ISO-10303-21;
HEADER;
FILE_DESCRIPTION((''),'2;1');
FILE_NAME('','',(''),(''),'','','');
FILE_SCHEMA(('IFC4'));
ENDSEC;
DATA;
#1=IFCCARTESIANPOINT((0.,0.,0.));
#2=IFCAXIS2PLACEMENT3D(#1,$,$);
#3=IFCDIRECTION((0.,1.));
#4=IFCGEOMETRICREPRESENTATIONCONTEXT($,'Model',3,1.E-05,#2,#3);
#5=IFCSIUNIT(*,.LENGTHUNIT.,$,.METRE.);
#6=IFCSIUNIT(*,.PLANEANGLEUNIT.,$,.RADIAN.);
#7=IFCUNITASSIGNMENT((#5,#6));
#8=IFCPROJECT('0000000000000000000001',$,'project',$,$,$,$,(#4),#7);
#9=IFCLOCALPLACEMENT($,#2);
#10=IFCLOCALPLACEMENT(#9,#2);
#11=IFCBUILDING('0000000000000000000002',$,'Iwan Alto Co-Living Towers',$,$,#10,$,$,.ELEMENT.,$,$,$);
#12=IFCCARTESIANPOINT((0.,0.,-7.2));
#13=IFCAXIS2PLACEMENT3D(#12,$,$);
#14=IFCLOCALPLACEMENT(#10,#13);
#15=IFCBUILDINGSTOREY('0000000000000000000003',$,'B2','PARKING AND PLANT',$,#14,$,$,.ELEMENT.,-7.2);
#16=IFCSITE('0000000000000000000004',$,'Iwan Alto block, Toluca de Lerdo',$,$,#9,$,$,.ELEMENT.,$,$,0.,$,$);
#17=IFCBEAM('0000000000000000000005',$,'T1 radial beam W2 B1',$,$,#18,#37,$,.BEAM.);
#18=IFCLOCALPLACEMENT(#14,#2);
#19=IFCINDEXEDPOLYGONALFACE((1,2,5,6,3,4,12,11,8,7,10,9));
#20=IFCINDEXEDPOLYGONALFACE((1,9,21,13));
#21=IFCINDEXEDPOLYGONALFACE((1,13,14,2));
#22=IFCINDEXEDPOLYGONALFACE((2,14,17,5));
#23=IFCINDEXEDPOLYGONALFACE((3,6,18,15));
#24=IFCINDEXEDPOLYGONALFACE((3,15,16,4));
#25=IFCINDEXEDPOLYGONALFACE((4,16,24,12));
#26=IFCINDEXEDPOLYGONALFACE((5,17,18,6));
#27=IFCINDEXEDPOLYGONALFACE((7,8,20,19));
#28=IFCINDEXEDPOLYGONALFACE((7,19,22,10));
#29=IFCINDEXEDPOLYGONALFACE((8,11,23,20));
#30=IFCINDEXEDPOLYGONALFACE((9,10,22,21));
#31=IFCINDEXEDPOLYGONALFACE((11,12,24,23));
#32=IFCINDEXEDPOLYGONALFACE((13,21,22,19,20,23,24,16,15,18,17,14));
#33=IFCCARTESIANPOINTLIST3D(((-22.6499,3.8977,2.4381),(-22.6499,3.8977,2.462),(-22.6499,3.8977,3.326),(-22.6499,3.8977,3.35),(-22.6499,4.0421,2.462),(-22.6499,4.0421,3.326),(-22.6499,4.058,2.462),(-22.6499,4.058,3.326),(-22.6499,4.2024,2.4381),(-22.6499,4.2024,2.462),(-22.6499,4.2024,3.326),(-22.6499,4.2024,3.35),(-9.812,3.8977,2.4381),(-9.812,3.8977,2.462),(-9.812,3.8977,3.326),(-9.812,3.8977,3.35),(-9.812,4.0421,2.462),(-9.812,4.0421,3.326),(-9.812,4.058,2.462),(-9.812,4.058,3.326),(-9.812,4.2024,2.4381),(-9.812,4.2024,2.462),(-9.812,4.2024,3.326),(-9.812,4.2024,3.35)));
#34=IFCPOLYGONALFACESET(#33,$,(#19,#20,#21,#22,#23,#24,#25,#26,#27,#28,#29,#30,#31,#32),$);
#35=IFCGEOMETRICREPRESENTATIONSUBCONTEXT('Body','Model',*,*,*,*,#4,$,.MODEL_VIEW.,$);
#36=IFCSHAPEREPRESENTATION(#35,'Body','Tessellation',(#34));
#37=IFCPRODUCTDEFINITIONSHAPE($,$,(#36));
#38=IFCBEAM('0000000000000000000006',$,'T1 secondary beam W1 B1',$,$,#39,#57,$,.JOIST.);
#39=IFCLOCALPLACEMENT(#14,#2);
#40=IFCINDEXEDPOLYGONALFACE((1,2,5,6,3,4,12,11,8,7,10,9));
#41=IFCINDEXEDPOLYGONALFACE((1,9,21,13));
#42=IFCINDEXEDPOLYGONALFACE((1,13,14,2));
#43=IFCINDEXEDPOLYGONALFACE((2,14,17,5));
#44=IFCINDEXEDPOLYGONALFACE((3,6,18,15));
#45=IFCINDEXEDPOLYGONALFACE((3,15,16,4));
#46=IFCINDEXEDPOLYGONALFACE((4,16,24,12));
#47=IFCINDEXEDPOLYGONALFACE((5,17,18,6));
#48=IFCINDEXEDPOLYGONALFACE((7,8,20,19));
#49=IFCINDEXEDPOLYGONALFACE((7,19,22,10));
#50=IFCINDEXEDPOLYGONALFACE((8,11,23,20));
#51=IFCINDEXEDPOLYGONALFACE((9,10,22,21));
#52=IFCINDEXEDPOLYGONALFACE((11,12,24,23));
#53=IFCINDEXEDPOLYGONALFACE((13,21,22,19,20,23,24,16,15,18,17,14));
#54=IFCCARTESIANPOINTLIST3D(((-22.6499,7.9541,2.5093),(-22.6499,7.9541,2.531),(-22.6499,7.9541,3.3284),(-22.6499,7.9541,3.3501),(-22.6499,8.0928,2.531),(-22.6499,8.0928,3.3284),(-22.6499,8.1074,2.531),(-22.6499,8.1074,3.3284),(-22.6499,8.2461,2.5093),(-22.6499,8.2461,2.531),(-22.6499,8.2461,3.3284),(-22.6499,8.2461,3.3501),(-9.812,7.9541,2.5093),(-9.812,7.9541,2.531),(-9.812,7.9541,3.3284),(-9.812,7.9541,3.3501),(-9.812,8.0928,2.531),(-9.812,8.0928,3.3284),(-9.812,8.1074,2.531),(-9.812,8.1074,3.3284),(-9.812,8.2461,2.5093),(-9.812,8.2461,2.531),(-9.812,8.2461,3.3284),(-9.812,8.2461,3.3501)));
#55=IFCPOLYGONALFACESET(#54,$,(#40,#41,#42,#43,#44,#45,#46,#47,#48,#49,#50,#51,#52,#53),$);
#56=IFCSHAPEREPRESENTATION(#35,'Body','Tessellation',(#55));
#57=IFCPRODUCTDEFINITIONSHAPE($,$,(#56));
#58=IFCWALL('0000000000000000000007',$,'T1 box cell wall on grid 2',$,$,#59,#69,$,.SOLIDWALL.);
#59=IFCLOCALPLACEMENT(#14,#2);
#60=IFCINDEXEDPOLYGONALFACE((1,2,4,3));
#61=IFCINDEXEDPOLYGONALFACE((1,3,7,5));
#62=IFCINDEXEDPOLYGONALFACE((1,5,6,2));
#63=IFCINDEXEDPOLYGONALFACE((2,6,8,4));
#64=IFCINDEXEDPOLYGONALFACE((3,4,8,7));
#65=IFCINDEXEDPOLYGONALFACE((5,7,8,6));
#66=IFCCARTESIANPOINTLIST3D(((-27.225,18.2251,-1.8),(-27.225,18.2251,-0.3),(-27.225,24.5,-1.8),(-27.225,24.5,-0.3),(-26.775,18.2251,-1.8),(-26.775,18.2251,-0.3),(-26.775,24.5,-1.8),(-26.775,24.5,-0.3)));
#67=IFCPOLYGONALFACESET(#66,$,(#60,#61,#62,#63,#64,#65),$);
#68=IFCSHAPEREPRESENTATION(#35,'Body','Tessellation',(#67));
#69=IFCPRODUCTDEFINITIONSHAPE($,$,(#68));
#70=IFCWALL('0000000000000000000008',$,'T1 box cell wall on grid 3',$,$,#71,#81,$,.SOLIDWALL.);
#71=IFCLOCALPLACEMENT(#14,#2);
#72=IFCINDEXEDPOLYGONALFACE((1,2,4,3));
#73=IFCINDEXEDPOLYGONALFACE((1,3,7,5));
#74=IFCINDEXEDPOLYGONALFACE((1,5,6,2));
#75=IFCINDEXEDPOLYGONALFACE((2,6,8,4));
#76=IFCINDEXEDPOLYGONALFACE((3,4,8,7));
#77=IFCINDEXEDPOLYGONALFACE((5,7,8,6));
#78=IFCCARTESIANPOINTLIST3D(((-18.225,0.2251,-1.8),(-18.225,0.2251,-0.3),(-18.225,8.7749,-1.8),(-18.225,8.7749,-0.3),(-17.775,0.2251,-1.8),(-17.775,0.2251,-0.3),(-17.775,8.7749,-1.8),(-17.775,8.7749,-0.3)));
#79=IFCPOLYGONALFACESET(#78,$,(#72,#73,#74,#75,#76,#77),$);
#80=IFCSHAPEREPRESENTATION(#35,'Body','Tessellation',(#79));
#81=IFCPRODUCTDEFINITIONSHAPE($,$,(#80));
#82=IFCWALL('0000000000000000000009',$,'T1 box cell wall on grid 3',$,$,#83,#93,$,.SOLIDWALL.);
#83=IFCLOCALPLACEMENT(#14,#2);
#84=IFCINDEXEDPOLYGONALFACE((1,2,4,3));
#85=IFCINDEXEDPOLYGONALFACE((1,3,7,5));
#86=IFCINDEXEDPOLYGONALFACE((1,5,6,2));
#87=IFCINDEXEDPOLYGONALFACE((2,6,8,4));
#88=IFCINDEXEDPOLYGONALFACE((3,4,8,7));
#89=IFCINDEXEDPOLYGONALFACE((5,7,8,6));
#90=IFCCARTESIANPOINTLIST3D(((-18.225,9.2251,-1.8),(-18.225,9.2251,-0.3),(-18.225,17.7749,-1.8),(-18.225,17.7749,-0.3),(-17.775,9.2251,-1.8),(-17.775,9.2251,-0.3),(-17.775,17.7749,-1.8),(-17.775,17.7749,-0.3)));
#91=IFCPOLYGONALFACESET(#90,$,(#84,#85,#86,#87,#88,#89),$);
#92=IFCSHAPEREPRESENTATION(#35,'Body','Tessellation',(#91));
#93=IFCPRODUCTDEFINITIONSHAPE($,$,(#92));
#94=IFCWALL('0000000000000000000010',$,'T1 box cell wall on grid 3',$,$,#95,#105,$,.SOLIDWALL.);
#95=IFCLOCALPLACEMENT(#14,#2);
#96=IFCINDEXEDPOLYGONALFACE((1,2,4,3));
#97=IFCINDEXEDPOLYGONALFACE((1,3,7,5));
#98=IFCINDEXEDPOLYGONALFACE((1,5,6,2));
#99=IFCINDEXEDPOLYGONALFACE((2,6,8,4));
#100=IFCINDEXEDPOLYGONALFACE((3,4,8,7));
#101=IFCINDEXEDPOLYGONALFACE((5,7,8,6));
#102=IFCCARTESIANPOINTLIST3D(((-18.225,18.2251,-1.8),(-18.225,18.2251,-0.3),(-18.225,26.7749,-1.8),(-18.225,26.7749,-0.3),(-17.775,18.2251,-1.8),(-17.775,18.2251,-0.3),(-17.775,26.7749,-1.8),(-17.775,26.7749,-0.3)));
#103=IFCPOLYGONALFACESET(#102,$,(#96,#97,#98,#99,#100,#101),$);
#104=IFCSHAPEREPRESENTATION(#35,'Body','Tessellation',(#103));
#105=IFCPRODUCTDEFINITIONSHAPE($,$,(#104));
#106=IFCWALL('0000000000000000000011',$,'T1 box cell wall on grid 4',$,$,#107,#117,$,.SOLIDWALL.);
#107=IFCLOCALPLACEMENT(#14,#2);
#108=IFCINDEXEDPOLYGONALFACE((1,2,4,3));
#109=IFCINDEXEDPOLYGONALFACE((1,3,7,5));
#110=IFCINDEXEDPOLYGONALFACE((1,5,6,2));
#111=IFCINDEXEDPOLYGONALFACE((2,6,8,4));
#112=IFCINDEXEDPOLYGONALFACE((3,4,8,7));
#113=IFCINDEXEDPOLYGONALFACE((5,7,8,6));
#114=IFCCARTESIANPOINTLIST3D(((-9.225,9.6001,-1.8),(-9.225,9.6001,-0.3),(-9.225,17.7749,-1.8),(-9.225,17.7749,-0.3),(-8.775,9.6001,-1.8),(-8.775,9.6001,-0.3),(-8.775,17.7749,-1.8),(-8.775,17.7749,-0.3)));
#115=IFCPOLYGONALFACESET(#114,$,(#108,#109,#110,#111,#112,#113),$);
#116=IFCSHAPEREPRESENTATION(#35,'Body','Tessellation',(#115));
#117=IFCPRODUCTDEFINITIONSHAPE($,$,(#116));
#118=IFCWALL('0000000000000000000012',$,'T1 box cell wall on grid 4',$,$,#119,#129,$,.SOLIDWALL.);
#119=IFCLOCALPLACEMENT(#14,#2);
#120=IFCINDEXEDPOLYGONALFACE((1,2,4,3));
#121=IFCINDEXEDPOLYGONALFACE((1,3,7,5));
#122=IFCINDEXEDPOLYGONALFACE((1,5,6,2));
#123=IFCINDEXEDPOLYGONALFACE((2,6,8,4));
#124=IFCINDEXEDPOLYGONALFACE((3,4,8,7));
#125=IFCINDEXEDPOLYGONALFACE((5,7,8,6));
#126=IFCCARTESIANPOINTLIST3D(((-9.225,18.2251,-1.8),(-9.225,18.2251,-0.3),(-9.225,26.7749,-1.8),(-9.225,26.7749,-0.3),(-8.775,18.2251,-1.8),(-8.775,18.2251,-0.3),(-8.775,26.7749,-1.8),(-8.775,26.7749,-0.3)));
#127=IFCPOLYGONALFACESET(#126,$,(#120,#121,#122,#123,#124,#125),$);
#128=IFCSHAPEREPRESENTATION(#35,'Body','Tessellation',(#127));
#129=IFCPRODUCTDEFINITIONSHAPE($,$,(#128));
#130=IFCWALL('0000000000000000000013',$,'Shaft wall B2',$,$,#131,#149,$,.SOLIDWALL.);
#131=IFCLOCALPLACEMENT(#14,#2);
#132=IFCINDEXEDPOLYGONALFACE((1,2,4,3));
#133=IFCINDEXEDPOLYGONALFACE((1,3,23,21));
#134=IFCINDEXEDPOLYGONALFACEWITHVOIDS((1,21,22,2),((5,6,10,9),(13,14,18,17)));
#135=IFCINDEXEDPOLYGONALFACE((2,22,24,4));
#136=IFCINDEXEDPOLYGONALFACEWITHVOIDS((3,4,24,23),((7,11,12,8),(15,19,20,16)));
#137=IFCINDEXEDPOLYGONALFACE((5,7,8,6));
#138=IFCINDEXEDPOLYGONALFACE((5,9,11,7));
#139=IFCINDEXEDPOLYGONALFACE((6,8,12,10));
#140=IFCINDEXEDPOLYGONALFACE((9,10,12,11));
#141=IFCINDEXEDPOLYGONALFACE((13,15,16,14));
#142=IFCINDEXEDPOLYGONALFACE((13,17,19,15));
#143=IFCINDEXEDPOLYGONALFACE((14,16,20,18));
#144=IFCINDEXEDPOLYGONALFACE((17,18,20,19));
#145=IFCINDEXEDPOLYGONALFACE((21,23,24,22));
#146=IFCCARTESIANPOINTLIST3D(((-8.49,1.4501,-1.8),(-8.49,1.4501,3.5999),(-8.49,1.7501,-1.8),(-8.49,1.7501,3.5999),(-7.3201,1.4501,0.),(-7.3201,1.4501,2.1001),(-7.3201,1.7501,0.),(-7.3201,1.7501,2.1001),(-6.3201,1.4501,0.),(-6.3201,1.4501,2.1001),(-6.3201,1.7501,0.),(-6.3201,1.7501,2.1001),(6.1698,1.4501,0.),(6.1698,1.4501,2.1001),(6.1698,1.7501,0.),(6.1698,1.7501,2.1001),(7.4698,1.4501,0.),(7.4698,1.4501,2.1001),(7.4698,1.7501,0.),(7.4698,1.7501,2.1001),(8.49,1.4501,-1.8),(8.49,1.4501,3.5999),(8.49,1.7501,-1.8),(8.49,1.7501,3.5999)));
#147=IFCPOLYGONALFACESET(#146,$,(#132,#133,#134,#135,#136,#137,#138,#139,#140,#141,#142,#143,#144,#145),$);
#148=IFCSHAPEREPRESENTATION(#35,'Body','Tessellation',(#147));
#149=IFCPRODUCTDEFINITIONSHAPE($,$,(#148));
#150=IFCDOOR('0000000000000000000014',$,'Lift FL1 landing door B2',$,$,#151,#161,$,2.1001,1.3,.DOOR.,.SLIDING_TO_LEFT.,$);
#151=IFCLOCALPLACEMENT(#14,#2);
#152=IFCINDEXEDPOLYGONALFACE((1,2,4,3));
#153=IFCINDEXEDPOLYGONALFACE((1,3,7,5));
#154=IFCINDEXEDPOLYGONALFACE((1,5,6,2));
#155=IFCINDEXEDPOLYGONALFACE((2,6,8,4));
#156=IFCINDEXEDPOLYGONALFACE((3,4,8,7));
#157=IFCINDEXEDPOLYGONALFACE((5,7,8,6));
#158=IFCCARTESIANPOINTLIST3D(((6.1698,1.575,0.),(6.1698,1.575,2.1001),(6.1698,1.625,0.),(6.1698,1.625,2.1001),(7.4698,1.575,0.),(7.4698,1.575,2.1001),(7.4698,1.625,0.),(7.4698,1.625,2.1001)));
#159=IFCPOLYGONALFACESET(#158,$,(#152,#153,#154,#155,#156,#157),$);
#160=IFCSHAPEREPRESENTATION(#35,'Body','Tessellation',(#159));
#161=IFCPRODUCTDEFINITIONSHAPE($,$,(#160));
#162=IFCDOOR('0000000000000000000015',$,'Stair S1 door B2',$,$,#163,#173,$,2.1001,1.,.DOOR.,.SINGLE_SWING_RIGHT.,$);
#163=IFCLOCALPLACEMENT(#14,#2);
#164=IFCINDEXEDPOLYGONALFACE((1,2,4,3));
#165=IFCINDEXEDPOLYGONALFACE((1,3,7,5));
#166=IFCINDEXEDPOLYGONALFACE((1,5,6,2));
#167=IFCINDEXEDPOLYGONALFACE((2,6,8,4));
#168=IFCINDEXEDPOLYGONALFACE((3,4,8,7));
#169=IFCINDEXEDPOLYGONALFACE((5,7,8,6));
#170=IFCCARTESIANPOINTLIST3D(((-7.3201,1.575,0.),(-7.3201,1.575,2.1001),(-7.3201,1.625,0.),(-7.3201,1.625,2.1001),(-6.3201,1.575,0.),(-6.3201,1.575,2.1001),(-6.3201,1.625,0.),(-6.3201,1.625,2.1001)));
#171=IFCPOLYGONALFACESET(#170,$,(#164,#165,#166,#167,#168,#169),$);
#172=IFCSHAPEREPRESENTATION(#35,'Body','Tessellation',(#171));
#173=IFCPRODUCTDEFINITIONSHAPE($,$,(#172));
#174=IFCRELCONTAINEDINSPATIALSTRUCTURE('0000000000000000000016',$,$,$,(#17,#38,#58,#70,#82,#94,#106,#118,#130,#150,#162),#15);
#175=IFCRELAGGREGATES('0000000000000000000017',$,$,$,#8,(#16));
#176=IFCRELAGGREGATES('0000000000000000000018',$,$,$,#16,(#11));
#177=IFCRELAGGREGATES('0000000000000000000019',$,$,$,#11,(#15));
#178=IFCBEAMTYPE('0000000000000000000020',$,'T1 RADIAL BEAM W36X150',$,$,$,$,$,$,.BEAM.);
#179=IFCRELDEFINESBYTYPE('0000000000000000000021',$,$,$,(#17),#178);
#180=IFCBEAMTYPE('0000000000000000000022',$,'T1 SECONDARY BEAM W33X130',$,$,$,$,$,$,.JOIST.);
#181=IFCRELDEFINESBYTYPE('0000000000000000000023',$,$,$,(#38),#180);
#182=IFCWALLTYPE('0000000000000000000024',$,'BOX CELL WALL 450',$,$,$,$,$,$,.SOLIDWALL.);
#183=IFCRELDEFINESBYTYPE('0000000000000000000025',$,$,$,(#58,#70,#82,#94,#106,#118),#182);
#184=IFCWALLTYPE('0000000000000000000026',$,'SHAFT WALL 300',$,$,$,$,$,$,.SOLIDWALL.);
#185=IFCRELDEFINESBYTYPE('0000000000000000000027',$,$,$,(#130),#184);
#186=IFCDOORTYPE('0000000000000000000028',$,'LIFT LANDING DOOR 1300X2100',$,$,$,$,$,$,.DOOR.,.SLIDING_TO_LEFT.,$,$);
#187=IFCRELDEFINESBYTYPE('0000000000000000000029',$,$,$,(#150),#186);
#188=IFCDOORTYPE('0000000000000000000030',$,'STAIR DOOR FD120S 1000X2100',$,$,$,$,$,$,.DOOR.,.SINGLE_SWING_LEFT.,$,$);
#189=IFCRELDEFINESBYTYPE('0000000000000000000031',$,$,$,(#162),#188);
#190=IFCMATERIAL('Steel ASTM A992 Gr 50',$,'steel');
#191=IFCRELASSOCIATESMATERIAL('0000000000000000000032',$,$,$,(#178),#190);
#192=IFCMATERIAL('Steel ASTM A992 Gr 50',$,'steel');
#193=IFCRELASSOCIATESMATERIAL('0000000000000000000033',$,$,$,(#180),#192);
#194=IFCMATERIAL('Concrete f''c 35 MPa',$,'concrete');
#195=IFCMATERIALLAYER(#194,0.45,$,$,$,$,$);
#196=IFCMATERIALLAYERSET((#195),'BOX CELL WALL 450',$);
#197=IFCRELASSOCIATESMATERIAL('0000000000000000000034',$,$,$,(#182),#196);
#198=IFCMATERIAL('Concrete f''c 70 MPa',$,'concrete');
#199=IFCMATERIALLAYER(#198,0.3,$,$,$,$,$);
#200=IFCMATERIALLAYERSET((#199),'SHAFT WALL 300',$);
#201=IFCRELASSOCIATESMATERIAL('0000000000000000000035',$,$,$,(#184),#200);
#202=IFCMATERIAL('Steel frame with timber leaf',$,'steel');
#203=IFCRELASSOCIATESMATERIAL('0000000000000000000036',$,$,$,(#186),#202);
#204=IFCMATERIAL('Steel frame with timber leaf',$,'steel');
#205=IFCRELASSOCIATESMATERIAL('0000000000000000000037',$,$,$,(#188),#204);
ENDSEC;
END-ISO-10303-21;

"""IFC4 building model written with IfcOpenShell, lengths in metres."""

from ifc_helpers import new_model, si_unit, direction, frame, frame_2d, origin, origin_2d, place, context, subcontext, project, spatial, rectangle, i_section, extrude, material, layer, layer_set, material_profile, profile_set, type_object, element, fill, save


model = new_model("IFC4")

# Units and contexts
model_context = context("Model", 3, precision=1e-05, world=origin(), true_north=direction((0.0, 1.0)))
body_context = subcontext(model_context, "Body", "Model", "MODEL_VIEW")
ifc_project = project(units=[si_unit("LENGTHUNIT", "METRE"), si_unit("PLANEANGLEUNIT", "RADIAN")], contexts=[model_context])

# Site, building, storey
site_placement = place(None, origin())
site = spatial("IfcSite", under=ifc_project, at=site_placement, Name="Iwan Alto block, Toluca de Lerdo", CompositionType="ELEMENT", RefElevation=0.0)
building_placement = place(site_placement, origin())
building = spatial("IfcBuilding", under=site, at=building_placement, Name="Iwan Alto Co-Living Towers", CompositionType="ELEMENT")
storey_placement = place(building_placement, frame((0.0, 0.0, -7.2)))
storey = spatial("IfcBuildingStorey", under=building, at=storey_placement, Name="B2", Description="PARKING AND PLANT", CompositionType="ELEMENT", Elevation=-7.2)

# Beams
ifc_material_1 = material(Name="Steel ASTM A992 Gr 50", Category="steel")
ifc_material_profile_1 = material_profile(ifc_material_1, i_section(OverallWidth=0.3047, OverallDepth=0.9119, WebThickness=0.0159, FlangeThickness=0.0239, at=origin_2d()), Name="W36X150")
ifc_profile_set_1 = profile_set([ifc_material_profile_1], Name="Steel ASTM A992 Gr 50")
beam_type_1 = type_object("IfcBeamType", Name="T1 RADIAL BEAM W36X150", PredefinedType="BEAM", material=ifc_profile_set_1)
beam_1_placement = place(storey_placement, frame((-22.6499, 4.05, 2.894), z_axis=(1.0, 0.0, 0.0), x_axis=(0.0, 1.0, 0.0)))
element("IfcBeam", 1, at=beam_1_placement, inside=storey, type_object=beam_type_1, Name="T1 radial beam W2 B1", PredefinedType="BEAM", context=body_context, shape_type="SweptSolid", body=[
    extrude(i_section(OverallWidth=0.3047, OverallDepth=0.9119, WebThickness=0.0159, FlangeThickness=0.0239, at=origin_2d()), origin(), (0.0, 0.0, 1.0), 12.8379),
])
ifc_material_2 = material(Name="Steel ASTM A992 Gr 50", Category="steel")
ifc_material_profile_2 = material_profile(ifc_material_2, i_section(OverallWidth=0.292, OverallDepth=0.8408, WebThickness=0.0146, FlangeThickness=0.0217, at=origin_2d()), Name="W33X130")
ifc_profile_set_2 = profile_set([ifc_material_profile_2], Name="Steel ASTM A992 Gr 50")
beam_type_2 = type_object("IfcBeamType", Name="T1 SECONDARY BEAM W33X130", PredefinedType="JOIST", material=ifc_profile_set_2)
beam_2_placement = place(storey_placement, frame((-22.6499, 8.1001, 2.9297), z_axis=(1.0, 0.0, 0.0), x_axis=(0.0, 1.0, 0.0)))
element("IfcBeam", 2, at=beam_2_placement, inside=storey, type_object=beam_type_2, Name="T1 secondary beam W1 B1", PredefinedType="JOIST", context=body_context, shape_type="SweptSolid", body=[
    extrude(i_section(OverallWidth=0.292, OverallDepth=0.8408, WebThickness=0.0146, FlangeThickness=0.0217, at=origin_2d()), origin(), (0.0, 0.0, 1.0), 12.8379),
])

# Walls
ifc_material_3 = material(Name="Concrete f'c 35 MPa", Category="concrete")
ifc_layer_1 = layer(ifc_material_3, 0.45)
ifc_layer_set_1 = layer_set([ifc_layer_1], Name="BOX CELL WALL 450")
wall_type_1 = type_object("IfcWallType", Name="BOX CELL WALL 450", PredefinedType="SOLIDWALL", material=ifc_layer_set_1)
wall_1_placement = place(storey_placement, frame((-27.0, 18.2251, -1.8), z_axis=(0.0, 0.0, 1.0), x_axis=(0.0, 1.0, 0.0)))
element("IfcWall", 3, at=wall_1_placement, inside=storey, type_object=wall_type_1, Name="T1 box cell wall on grid 2", PredefinedType="SOLIDWALL", context=body_context, shape_type="SweptSolid", body=[
    extrude(rectangle(XDim=6.2749, YDim=0.45, at=frame_2d((3.1375, 0.0))), origin(), (0.0, 0.0, 1.0), 1.5),
])
for number, where, z_axis, x_axis, name in (
    (4, (-18.0, 0.2251, -1.8), (0.0, 0.0, 1.0), (0.0, 1.0, 0.0), "T1 box cell wall on grid 3"),
    (5, (-18.0, 9.2251, -1.8), (0.0, 0.0, 1.0), (0.0, 1.0, 0.0), "T1 box cell wall on grid 3"),
    (6, (-18.0, 18.2251, -1.8), (0.0, 0.0, 1.0), (0.0, 1.0, 0.0), "T1 box cell wall on grid 3"),
):
    element("IfcWall", number, at=place(storey_placement, frame(where, z_axis=z_axis, x_axis=x_axis)), inside=storey, type_object=wall_type_1, Name=name, PredefinedType="SOLIDWALL", context=body_context, shape_type="SweptSolid", body=[
        extrude(rectangle(XDim=8.5498, YDim=0.45, at=frame_2d((4.2749, 0.0))), origin(), (0.0, 0.0, 1.0), 1.5),
    ])
wall_2_placement = place(storey_placement, frame((-9.0, 9.6001, -1.8), z_axis=(0.0, 0.0, 1.0), x_axis=(0.0, 1.0, 0.0)))
element("IfcWall", 7, at=wall_2_placement, inside=storey, type_object=wall_type_1, Name="T1 box cell wall on grid 4", PredefinedType="SOLIDWALL", context=body_context, shape_type="SweptSolid", body=[
    extrude(rectangle(XDim=8.1748, YDim=0.45, at=frame_2d((4.0874, 0.0))), origin(), (0.0, 0.0, 1.0), 1.5),
])
wall_3_placement = place(storey_placement, frame((-9.0, 18.2251, -1.8), z_axis=(0.0, 0.0, 1.0), x_axis=(0.0, 1.0, 0.0)))
element("IfcWall", 8, at=wall_3_placement, inside=storey, type_object=wall_type_1, Name="T1 box cell wall on grid 4", PredefinedType="SOLIDWALL", context=body_context, shape_type="SweptSolid", body=[
    extrude(rectangle(XDim=8.5498, YDim=0.45, at=frame_2d((4.2749, 0.0))), origin(), (0.0, 0.0, 1.0), 1.5),
])

# Wall, openings, doors
ifc_material_4 = material(Name="Concrete f'c 70 MPa", Category="concrete")
ifc_layer_2 = layer(ifc_material_4, 0.3)
ifc_layer_set_2 = layer_set([ifc_layer_2], Name="SHAFT WALL 300")
wall_type_2 = type_object("IfcWallType", Name="SHAFT WALL 300", PredefinedType="SOLIDWALL", material=ifc_layer_set_2)
wall_4_placement = place(storey_placement, frame((-8.49, 1.6001, -1.8), z_axis=(0.0, 0.0, 1.0), x_axis=(1.0, 0.0, 0.0)))
wall_4 = element("IfcWall", 9, at=wall_4_placement, inside=storey, type_object=wall_type_2, Name="Shaft wall B2", PredefinedType="SOLIDWALL", context=body_context, shape_type="SweptSolid", body=[
    extrude(rectangle(XDim=16.98, YDim=0.3, at=frame_2d((8.49, 0.0))), origin(), (0.0, 0.0, 1.0), 5.3999),
])
opening_1_placement = place(wall_4_placement, frame((1.1699, 0.0, 1.8)))
opening_1 = element("IfcOpeningElement", 10, at=opening_1_placement, cuts=wall_4, PredefinedType="OPENING", context=body_context, shape_type="SweptSolid", body=[
    extrude(rectangle(XDim=1.0, YDim=2.1001, at=frame_2d((0.5, 1.05))), frame((0.0, 0.1599, 0.0), z_axis=(0.0, -1.0, 0.0), x_axis=(1.0, 0.0, 0.0)), (0.0, 0.0, 1.0), 0.3201),
])
opening_2_placement = place(wall_4_placement, frame((14.6599, 0.0, 1.8)))
opening_2 = element("IfcOpeningElement", 11, at=opening_2_placement, cuts=wall_4, PredefinedType="OPENING", context=body_context, shape_type="SweptSolid", body=[
    extrude(rectangle(XDim=1.3, YDim=2.1001, at=frame_2d((0.6499, 1.05))), frame((0.0, 0.1599, 0.0), z_axis=(0.0, -1.0, 0.0), x_axis=(1.0, 0.0, 0.0)), (0.0, 0.0, 1.0), 0.3201),
])
ifc_material_5 = material(Name="Steel frame with timber leaf", Category="steel")
door_type_1 = type_object("IfcDoorType", Name="LIFT LANDING DOOR 1300X2100", OperationType="SLIDING_TO_LEFT", PredefinedType="DOOR", material=ifc_material_5)
door_1_placement = place(opening_2_placement, origin())
door_1 = element("IfcDoor", 12, at=door_1_placement, inside=storey, type_object=door_type_1, Name="Lift FL1 landing door B2", OperationType="SLIDING_TO_LEFT", OverallHeight=2.1001, OverallWidth=1.3, PredefinedType="DOOR", context=body_context, shape_type="SweptSolid", body=[
    extrude(rectangle(XDim=1.3, YDim=2.1001, at=frame_2d((0.6499, 1.05))), frame((0.0, 0.0249, 0.0), z_axis=(0.0, -1.0, 0.0), x_axis=(1.0, 0.0, 0.0)), (0.0, 0.0, 1.0), 0.05),
])
fill(opening_2, door_1)
ifc_material_6 = material(Name="Steel frame with timber leaf", Category="steel")
door_type_2 = type_object("IfcDoorType", Name="STAIR DOOR FD120S 1000X2100", OperationType="SINGLE_SWING_LEFT", PredefinedType="DOOR", material=ifc_material_6)
door_2_placement = place(opening_1_placement, origin())
door_2 = element("IfcDoor", 13, at=door_2_placement, inside=storey, type_object=door_type_2, Name="Stair S1 door B2", OperationType="SINGLE_SWING_RIGHT", OverallHeight=2.1001, OverallWidth=1.0, PredefinedType="DOOR", context=body_context, shape_type="SweptSolid", body=[
    extrude(rectangle(XDim=1.0, YDim=2.1001, at=frame_2d((0.5, 1.05))), frame((0.0, 0.0249, 0.0), z_axis=(0.0, -1.0, 0.0), x_axis=(1.0, 0.0, 0.0)), (0.0, 0.0, 1.0), 0.05),
])
fill(opening_1, door_2)

save(model, "model.ifc")
